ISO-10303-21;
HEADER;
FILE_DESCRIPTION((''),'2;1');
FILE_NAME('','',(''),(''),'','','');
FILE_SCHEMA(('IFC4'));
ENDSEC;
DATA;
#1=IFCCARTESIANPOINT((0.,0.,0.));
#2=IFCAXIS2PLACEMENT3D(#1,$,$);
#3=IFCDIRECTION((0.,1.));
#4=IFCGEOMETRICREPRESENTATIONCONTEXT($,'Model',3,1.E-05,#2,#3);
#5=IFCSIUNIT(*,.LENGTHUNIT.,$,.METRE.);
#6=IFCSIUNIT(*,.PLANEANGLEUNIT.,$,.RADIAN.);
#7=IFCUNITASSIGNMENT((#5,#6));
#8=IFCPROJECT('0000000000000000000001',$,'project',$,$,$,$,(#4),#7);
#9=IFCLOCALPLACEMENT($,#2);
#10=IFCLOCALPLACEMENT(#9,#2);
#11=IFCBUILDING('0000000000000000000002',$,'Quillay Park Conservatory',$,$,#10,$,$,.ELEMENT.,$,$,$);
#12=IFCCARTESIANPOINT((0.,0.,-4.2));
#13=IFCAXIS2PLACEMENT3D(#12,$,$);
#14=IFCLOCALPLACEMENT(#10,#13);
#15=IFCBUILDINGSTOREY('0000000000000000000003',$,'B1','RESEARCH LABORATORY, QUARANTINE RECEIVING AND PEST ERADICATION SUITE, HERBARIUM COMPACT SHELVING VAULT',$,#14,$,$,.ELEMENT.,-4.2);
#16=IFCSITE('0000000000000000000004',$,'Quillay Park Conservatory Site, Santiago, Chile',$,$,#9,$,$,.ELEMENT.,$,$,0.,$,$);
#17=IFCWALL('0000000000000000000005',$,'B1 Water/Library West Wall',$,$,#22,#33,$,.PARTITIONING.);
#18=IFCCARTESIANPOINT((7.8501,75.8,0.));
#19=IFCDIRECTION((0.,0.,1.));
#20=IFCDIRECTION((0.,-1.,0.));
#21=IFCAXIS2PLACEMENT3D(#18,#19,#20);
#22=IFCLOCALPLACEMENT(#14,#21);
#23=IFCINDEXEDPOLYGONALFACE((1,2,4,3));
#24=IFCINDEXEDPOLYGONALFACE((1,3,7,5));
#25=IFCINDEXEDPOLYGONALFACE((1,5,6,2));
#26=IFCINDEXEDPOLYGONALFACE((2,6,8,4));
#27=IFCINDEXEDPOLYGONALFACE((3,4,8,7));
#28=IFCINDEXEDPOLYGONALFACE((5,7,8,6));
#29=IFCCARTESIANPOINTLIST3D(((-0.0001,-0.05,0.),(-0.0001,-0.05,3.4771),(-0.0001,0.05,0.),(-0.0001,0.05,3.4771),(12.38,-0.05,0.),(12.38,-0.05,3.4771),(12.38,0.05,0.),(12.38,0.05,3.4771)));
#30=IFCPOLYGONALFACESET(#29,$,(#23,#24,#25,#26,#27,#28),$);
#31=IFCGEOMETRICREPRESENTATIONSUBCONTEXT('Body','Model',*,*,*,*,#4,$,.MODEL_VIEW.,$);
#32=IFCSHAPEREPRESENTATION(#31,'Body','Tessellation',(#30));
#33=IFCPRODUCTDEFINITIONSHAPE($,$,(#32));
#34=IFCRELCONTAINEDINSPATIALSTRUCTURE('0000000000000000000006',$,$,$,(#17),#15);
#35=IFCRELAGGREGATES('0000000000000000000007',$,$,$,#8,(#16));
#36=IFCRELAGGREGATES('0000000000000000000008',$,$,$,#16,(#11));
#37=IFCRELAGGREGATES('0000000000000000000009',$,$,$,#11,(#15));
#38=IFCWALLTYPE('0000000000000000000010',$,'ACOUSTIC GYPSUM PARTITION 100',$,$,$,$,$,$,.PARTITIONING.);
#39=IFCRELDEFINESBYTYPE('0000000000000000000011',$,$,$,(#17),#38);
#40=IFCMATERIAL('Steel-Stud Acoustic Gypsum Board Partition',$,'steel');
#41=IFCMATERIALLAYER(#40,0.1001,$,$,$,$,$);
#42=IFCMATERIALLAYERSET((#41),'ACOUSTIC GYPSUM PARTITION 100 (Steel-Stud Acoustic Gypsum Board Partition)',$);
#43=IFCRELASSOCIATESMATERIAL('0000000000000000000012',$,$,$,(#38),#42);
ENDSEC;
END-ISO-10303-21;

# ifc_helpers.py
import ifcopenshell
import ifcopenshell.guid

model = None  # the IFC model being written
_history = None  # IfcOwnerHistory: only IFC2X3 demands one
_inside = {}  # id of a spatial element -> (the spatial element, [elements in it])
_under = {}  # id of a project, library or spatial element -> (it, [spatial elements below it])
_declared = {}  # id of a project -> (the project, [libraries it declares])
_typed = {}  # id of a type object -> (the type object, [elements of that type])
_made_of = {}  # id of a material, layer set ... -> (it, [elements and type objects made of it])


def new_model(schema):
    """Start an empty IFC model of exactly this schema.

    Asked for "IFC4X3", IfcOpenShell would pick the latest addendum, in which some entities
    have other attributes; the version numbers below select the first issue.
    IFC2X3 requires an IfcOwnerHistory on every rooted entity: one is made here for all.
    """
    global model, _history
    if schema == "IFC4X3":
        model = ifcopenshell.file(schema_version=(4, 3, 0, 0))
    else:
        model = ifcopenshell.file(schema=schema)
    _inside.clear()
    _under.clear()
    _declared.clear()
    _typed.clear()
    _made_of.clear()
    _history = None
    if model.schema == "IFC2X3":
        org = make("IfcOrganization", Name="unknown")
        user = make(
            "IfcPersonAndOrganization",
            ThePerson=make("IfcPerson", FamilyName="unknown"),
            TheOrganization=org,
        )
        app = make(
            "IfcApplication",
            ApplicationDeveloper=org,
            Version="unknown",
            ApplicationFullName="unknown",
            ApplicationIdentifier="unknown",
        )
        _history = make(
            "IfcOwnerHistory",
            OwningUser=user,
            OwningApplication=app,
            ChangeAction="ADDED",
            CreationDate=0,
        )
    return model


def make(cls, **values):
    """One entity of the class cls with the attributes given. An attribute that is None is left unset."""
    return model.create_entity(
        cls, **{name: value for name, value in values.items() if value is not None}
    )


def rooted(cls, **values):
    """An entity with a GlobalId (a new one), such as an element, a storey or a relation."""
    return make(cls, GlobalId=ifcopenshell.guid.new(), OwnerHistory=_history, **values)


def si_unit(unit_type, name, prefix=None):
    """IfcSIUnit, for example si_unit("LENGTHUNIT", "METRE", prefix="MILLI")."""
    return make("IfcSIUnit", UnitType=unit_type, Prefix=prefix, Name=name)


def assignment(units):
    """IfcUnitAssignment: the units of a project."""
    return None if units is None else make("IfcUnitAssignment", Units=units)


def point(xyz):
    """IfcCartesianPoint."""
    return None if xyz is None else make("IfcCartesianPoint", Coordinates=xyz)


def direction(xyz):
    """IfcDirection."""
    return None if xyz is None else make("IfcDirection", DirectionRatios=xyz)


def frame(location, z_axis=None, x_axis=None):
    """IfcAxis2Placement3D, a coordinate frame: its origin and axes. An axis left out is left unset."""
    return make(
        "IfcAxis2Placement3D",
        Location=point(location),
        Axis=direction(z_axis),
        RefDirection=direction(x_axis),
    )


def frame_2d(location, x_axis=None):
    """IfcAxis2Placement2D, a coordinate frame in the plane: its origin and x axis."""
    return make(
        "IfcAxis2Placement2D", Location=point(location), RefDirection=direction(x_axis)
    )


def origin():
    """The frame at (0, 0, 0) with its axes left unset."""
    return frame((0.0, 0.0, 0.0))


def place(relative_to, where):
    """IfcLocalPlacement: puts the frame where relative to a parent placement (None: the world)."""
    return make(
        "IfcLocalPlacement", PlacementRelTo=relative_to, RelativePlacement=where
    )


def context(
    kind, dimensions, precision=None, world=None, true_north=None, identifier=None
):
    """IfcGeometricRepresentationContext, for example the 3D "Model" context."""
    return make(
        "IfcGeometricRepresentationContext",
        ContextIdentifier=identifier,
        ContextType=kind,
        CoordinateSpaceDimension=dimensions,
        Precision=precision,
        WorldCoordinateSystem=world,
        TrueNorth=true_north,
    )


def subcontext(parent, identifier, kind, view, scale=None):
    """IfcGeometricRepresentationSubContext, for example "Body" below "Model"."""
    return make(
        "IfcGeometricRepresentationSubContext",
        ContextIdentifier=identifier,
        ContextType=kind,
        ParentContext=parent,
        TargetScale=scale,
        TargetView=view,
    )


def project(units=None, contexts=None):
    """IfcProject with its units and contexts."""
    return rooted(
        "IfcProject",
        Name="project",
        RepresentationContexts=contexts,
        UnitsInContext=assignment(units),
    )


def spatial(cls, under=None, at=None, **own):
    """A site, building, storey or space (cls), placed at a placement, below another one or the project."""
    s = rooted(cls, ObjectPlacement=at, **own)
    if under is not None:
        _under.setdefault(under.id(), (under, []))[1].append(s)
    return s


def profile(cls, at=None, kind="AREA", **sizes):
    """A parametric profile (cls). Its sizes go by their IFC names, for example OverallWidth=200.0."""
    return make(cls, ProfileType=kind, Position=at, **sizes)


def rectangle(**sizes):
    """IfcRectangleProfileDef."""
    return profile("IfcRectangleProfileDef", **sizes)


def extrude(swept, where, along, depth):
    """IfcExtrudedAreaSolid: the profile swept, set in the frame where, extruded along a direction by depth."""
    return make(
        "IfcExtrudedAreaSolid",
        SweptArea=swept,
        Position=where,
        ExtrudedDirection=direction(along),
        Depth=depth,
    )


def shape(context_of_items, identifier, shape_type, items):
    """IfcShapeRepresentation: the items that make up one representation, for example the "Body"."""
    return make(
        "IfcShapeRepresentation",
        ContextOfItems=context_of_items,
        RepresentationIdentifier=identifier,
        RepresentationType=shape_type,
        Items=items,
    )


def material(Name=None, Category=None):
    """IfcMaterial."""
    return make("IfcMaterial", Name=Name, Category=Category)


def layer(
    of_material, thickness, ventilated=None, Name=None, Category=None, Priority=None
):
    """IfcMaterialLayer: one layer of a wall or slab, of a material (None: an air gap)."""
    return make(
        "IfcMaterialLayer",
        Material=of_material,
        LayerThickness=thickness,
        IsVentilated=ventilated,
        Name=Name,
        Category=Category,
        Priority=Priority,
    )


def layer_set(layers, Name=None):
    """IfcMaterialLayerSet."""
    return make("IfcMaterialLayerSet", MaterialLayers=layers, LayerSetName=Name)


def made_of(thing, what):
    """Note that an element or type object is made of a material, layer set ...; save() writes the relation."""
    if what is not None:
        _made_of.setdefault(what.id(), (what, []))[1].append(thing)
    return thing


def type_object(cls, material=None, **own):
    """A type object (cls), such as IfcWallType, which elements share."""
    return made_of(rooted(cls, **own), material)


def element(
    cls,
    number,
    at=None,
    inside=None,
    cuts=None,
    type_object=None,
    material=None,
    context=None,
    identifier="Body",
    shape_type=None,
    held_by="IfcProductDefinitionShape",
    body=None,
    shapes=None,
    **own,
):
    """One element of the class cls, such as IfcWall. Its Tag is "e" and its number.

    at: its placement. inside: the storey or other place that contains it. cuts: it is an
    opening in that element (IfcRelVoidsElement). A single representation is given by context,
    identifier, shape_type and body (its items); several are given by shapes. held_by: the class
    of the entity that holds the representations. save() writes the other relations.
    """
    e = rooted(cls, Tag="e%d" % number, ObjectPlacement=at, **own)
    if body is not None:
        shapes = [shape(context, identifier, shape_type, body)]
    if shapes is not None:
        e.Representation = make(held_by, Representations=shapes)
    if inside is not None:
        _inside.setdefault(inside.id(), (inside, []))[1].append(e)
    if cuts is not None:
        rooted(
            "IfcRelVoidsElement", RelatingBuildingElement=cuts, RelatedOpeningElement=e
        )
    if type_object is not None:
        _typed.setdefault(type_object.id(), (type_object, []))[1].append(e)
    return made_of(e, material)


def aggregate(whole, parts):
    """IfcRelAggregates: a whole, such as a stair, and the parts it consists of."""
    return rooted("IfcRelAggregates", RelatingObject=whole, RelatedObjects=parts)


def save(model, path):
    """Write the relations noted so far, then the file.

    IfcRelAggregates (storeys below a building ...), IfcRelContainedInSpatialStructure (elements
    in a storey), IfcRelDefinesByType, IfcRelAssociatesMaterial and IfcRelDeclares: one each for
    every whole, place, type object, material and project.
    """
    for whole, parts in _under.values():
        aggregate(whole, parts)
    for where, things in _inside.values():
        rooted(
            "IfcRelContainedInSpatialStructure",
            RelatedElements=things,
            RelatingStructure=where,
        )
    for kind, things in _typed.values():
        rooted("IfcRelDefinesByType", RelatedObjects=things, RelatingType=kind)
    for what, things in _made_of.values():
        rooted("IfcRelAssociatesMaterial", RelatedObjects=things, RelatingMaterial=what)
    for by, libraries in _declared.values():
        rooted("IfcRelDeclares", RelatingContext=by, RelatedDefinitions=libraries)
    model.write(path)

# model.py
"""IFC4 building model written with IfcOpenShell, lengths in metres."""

from ifc_helpers import new_model, si_unit, direction, frame, frame_2d, origin, place, context, subcontext, project, spatial, rectangle, extrude, material, layer, layer_set, type_object, element, save


model = new_model("IFC4")

# Units and contexts
model_context = context("Model", 3, precision=1e-05, world=origin(), true_north=direction((0.0, 1.0)))
body_context = subcontext(model_context, "Body", "Model", "MODEL_VIEW")
ifc_project = project(units=[si_unit("LENGTHUNIT", "METRE"), si_unit("PLANEANGLEUNIT", "RADIAN")], contexts=[model_context])

# Site, building, storey
site_placement = place(None, origin())
site = spatial("IfcSite", under=ifc_project, at=site_placement, Name="Quillay Park Conservatory Site, Santiago, Chile", CompositionType="ELEMENT", RefElevation=0.0)
building_placement = place(site_placement, origin())
building = spatial("IfcBuilding", under=site, at=building_placement, Name="Quillay Park Conservatory", CompositionType="ELEMENT")
storey_placement = place(building_placement, frame((0.0, 0.0, -4.2)))
storey = spatial("IfcBuildingStorey", under=building, at=storey_placement, Name="B1", Description="RESEARCH LABORATORY, QUARANTINE RECEIVING AND PEST ERADICATION SUITE, HERBARIUM COMPACT SHELVING VAULT", CompositionType="ELEMENT", Elevation=-4.2)

# Wall
ifc_material_1 = material(Name="Steel-Stud Acoustic Gypsum Board Partition", Category="steel")
ifc_layer_1 = layer(ifc_material_1, 0.1001)
ifc_layer_set_1 = layer_set([ifc_layer_1], Name="ACOUSTIC GYPSUM PARTITION 100 (Steel-Stud Acoustic Gypsum Board Partition)")
wall_type_1 = type_object("IfcWallType", Name="ACOUSTIC GYPSUM PARTITION 100", PredefinedType="PARTITIONING", material=ifc_layer_set_1)
wall_1_placement = place(storey_placement, frame((7.8501, 75.8, 0.0), z_axis=(0.0, 0.0, 1.0), x_axis=(0.0, -1.0, 0.0)))
element("IfcWall", 1, at=wall_1_placement, inside=storey, type_object=wall_type_1, Name="B1 Water/Library West Wall", PredefinedType="PARTITIONING", context=body_context, shape_type="SweptSolid", body=[
    extrude(rectangle(XDim=12.3801, YDim=0.1001, at=frame_2d((6.1899, 0.0))), origin(), (0.0, 0.0, 1.0), 3.4771),
])

save(model, "model.ifc")
